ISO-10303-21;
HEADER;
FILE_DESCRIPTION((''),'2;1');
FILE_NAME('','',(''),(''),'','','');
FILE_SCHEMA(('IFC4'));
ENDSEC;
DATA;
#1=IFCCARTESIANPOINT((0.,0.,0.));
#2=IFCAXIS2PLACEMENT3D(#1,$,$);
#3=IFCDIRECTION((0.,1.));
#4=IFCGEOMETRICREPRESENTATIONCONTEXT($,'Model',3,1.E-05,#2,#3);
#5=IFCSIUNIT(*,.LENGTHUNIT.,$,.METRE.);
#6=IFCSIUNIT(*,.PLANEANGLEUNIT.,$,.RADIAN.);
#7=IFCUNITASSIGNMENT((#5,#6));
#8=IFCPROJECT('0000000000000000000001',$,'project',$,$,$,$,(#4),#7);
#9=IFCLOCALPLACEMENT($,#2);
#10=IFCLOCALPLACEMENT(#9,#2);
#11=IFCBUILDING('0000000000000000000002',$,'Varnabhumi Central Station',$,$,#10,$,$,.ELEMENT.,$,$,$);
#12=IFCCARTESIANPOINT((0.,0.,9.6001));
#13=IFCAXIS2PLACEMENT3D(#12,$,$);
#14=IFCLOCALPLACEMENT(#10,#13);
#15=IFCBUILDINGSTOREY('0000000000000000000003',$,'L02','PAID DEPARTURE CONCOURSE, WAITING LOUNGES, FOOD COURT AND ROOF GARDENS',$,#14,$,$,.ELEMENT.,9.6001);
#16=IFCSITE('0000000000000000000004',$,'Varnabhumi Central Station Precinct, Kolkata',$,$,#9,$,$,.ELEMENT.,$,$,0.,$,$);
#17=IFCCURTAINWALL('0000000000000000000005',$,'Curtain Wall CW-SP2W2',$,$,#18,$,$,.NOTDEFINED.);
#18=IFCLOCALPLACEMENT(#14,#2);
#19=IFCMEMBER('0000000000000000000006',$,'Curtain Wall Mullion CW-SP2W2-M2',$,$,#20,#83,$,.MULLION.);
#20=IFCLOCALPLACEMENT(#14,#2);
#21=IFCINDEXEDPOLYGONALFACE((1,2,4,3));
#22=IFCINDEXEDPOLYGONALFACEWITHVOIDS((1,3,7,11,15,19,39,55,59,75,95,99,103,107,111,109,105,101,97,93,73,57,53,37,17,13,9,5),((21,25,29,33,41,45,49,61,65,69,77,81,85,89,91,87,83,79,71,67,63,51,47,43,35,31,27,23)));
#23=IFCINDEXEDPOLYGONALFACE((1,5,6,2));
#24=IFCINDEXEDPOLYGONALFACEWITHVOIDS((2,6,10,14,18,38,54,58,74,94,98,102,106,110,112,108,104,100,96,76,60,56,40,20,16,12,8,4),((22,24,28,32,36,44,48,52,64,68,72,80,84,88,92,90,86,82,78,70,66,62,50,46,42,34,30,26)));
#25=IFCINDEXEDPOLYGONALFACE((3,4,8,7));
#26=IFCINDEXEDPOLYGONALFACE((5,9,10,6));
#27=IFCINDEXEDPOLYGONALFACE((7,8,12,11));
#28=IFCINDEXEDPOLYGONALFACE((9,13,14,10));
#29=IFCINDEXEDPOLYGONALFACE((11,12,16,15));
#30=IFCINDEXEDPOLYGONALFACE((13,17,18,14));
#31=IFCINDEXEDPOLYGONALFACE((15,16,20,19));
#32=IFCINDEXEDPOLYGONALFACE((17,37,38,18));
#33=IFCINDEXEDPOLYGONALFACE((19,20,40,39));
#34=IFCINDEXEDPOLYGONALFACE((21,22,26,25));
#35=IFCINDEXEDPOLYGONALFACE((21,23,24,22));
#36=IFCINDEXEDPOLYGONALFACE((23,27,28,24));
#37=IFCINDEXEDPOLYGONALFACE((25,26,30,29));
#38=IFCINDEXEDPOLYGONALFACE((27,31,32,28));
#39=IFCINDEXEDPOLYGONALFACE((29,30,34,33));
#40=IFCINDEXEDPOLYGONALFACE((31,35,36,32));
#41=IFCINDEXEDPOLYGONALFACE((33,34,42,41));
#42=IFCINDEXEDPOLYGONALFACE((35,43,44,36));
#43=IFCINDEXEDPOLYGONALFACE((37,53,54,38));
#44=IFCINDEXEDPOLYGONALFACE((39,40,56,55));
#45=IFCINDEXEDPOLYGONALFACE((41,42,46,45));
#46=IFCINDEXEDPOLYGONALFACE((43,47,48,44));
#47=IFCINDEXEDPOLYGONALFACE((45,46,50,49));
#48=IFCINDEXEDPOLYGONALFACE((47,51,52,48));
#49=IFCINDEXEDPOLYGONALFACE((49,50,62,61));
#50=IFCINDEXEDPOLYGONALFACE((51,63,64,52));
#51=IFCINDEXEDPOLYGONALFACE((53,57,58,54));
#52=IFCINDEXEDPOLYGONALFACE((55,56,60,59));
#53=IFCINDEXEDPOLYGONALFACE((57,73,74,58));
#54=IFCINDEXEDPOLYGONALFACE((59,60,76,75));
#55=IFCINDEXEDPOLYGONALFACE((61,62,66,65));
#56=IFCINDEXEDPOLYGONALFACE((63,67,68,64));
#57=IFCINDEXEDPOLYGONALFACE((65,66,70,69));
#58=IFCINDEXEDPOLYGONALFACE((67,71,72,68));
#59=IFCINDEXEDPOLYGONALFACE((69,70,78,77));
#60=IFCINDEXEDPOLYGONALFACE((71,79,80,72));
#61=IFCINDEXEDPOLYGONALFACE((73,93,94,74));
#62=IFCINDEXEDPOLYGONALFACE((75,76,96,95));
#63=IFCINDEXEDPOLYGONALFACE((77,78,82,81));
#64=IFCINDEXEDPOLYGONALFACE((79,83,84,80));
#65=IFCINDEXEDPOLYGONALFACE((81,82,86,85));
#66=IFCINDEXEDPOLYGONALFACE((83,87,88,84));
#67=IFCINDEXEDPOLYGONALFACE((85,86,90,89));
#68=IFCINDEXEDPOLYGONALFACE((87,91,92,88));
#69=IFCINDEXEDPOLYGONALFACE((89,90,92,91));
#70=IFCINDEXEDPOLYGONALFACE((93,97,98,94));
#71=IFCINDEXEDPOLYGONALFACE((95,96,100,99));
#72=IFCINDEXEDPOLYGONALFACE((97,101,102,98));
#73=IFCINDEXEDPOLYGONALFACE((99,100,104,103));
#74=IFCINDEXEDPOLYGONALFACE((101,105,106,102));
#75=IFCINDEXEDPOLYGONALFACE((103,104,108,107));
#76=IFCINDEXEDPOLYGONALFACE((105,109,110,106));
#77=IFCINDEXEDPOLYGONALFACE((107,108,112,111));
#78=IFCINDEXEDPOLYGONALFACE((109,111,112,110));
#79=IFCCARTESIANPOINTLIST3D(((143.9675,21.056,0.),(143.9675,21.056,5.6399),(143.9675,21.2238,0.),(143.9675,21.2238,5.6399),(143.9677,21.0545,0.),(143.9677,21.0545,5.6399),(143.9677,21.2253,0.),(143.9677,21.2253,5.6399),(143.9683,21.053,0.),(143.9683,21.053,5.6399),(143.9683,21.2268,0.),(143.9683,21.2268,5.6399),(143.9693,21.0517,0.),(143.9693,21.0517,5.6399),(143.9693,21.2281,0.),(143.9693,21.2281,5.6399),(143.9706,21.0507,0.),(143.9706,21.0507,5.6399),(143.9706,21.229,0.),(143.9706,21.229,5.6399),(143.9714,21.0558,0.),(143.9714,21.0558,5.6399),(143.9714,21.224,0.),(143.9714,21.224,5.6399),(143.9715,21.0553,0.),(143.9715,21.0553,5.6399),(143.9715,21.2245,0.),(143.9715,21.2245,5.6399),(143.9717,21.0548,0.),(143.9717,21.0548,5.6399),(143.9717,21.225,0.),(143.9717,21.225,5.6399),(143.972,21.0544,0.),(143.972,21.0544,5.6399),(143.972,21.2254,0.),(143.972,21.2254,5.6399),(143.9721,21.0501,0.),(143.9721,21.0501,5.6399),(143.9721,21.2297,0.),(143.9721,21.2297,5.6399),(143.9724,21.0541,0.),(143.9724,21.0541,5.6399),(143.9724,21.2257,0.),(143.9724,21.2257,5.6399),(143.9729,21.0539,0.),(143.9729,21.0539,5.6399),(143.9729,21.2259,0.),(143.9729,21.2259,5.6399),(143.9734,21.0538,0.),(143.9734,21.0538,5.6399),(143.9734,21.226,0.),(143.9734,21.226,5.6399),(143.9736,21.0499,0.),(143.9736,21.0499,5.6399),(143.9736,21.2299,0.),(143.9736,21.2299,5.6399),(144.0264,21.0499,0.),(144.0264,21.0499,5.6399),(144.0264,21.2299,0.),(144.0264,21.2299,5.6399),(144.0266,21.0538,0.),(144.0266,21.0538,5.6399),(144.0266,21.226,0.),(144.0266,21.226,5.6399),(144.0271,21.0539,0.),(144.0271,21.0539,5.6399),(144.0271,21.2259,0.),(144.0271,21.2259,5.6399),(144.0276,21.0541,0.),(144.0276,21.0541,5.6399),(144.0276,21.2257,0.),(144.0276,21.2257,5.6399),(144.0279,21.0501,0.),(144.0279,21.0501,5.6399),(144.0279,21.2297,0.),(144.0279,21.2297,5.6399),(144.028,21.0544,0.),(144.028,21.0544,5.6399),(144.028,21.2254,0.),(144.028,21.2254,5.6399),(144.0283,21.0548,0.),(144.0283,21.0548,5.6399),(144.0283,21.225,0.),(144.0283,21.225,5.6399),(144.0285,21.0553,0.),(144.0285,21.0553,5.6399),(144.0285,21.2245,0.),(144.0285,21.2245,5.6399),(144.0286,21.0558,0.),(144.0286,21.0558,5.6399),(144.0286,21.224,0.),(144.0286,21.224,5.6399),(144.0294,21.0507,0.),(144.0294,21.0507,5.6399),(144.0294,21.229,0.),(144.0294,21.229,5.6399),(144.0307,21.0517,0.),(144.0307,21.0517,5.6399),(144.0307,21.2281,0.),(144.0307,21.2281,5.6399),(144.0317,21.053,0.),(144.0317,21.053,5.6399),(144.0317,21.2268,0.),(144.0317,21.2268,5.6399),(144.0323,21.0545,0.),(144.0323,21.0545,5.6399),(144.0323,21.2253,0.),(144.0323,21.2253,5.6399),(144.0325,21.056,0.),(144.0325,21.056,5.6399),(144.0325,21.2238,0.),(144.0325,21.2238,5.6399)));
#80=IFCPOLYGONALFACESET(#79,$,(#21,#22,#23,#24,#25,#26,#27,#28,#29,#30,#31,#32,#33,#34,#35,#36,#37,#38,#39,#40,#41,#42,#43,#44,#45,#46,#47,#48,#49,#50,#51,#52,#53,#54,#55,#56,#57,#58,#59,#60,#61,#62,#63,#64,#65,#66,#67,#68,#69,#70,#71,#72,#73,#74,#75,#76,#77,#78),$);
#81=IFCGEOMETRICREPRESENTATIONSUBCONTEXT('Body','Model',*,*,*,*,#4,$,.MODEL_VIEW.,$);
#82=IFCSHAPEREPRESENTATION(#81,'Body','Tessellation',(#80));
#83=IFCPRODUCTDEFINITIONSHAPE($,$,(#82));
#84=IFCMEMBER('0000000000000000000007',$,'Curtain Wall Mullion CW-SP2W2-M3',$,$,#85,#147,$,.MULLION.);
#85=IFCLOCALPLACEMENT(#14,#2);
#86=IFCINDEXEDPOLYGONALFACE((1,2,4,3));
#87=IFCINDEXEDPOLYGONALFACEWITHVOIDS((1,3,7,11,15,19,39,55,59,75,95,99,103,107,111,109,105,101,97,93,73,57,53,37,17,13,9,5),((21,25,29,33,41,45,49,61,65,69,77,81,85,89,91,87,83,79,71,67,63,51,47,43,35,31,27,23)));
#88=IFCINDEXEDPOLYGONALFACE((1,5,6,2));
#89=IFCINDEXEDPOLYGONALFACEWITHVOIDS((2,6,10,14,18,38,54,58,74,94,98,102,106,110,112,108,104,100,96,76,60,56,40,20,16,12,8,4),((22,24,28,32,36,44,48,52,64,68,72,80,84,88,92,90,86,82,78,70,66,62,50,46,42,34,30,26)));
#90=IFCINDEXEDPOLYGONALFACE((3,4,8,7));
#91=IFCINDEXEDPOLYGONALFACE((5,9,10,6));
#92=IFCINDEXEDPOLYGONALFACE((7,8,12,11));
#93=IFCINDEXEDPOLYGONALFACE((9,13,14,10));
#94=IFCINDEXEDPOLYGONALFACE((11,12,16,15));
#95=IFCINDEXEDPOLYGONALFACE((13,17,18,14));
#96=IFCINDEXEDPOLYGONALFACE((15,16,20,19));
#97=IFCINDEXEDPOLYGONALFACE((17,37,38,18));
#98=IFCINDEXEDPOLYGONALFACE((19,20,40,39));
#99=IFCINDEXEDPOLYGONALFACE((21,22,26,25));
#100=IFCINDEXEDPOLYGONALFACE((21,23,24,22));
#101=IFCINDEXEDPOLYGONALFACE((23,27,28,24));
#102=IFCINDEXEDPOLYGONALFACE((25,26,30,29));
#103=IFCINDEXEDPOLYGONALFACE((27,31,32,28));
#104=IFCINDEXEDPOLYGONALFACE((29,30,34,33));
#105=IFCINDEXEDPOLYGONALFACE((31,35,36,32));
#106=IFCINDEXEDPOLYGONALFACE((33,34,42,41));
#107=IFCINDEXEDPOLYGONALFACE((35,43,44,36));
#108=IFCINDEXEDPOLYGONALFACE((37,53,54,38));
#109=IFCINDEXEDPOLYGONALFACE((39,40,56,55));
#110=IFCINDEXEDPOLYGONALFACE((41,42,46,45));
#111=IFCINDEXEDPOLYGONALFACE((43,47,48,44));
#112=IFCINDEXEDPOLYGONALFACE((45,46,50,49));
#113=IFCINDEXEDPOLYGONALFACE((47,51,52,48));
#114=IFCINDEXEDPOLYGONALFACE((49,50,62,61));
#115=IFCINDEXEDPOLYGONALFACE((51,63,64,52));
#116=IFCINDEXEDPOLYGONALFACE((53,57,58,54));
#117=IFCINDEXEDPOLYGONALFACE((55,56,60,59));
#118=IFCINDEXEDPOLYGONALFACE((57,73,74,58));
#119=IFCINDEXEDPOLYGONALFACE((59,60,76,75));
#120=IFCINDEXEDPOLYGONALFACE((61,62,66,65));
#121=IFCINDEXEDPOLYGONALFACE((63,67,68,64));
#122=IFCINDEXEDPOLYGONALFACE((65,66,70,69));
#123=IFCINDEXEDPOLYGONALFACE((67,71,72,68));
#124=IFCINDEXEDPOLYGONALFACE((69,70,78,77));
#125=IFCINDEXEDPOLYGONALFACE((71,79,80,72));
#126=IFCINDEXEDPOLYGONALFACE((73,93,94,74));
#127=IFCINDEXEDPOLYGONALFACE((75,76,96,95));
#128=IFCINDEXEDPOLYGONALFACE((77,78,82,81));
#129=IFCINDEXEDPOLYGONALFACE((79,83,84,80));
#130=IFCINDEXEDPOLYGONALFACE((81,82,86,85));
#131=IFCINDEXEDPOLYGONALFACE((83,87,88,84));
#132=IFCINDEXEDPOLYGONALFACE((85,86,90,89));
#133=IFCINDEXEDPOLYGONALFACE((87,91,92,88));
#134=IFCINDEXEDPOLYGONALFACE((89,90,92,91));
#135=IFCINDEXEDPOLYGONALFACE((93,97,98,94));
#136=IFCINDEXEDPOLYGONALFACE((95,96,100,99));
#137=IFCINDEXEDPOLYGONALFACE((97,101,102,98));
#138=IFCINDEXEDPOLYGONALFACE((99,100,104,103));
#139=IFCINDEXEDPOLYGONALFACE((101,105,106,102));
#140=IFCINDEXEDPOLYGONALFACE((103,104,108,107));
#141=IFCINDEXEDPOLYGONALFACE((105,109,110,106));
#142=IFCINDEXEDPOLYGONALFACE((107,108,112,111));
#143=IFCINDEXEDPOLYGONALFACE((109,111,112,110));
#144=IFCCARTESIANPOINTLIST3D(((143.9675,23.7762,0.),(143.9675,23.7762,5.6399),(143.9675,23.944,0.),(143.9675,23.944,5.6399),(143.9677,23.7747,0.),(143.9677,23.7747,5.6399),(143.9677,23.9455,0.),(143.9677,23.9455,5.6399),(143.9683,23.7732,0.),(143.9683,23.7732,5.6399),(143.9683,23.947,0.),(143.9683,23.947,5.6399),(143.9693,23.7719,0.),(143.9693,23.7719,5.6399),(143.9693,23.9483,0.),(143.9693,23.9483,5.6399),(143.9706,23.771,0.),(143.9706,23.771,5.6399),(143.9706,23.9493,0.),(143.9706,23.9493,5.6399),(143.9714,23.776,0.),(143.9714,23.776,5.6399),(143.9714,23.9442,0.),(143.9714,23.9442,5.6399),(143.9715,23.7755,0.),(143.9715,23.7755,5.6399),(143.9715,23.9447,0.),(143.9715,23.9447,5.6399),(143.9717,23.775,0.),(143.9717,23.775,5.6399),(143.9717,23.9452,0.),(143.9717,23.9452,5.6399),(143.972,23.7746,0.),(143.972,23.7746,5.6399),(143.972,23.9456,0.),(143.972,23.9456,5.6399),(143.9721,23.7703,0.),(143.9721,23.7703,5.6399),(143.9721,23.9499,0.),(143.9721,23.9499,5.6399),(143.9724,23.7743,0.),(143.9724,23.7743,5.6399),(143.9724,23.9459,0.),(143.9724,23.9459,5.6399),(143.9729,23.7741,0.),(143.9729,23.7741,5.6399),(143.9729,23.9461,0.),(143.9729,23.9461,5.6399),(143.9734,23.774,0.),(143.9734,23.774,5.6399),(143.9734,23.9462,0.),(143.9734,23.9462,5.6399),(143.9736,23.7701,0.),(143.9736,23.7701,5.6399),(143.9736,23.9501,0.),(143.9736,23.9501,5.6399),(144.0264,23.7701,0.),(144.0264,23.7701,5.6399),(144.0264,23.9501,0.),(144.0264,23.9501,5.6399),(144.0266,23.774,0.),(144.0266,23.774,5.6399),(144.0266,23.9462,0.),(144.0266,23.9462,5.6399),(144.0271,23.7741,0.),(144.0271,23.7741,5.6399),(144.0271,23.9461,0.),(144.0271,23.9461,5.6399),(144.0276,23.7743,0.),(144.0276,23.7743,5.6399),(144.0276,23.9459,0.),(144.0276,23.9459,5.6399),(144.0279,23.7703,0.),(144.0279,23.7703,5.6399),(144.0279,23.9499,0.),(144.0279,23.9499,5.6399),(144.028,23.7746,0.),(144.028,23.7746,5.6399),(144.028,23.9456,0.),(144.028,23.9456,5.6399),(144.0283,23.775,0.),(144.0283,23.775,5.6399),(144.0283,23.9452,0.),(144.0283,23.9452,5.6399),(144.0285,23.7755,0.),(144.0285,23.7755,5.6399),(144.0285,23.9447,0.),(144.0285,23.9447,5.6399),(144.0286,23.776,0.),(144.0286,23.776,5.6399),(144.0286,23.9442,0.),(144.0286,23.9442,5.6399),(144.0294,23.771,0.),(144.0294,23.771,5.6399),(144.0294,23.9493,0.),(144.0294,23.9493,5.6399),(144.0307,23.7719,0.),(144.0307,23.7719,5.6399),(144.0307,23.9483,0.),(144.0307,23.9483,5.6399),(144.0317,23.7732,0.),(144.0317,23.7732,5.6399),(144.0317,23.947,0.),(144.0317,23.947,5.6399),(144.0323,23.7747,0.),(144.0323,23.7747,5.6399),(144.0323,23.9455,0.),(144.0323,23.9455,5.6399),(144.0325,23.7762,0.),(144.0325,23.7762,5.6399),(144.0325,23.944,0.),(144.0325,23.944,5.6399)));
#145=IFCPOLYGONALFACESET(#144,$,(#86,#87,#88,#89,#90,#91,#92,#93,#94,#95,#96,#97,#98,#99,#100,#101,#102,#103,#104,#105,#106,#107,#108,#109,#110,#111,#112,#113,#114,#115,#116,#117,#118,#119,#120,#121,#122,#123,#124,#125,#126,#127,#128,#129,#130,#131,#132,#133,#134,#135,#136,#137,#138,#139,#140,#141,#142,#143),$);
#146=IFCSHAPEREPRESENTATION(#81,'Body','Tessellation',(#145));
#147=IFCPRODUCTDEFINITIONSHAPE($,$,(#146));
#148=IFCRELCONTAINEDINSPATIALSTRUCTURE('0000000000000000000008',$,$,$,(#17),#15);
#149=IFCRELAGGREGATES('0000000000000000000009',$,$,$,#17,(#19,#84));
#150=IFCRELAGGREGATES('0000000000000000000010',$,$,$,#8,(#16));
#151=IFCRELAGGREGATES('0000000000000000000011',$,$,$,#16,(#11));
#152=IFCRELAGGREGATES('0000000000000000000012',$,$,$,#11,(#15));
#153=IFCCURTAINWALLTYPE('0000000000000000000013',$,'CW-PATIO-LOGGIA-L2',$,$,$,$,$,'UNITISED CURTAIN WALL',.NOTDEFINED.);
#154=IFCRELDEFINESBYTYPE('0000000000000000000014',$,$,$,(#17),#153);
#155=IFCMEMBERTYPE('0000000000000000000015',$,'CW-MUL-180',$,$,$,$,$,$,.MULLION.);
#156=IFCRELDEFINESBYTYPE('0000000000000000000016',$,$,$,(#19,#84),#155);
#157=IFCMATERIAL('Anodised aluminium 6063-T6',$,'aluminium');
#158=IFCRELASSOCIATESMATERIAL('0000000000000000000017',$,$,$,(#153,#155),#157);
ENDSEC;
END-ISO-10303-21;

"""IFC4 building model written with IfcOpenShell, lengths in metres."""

from ifc_helpers import new_model, si_unit, direction, frame, origin, origin_2d, place, context, subcontext, project, spatial, hollow_rectangle, extrude, material, material_profile, profile_set, type_object, element, aggregate, save


model = new_model("IFC4")

# Units and contexts
model_context = context("Model", 3, precision=1e-05, world=origin(), true_north=direction((0.0, 1.0)))
body_context = subcontext(model_context, "Body", "Model", "MODEL_VIEW")
ifc_project = project(units=[si_unit("LENGTHUNIT", "METRE"), si_unit("PLANEANGLEUNIT", "RADIAN")], contexts=[model_context])

# Site, building, storey
site_placement = place(None, origin())
site = spatial("IfcSite", under=ifc_project, at=site_placement, Name="Varnabhumi Central Station Precinct, Kolkata", CompositionType="ELEMENT", RefElevation=0.0)
building_placement = place(site_placement, origin())
building = spatial("IfcBuilding", under=site, at=building_placement, Name="Varnabhumi Central Station", CompositionType="ELEMENT")
storey_placement = place(building_placement, frame((0.0, 0.0, 9.6001)))
storey = spatial("IfcBuildingStorey", under=building, at=storey_placement, Name="L02", Description="PAID DEPARTURE CONCOURSE, WAITING LOUNGES, FOOD COURT AND ROOF GARDENS", CompositionType="ELEMENT", Elevation=9.6001)

# Curtain wall, members
ifc_material_1 = material(Name="Anodised aluminium 6063-T6", Category="aluminium")
curtain_wall_type = type_object("IfcCurtainWallType", Name="CW-PATIO-LOGGIA-L2", ElementType="UNITISED CURTAIN WALL", PredefinedType="NOTDEFINED", material=ifc_material_1)
ifc_material_profile_1 = material_profile(ifc_material_1, hollow_rectangle(XDim=0.0649, YDim=0.1799, WallThickness=0.0039, InnerFilletRadius=0.002, OuterFilletRadius=0.0061, at=origin_2d()), Name="Anodised aluminium 6063-T6", Category="aluminium")
ifc_profile_set_1 = profile_set([ifc_material_profile_1], Name="Anodised aluminium 6063-T6")
member_type_1 = type_object("IfcMemberType", Name="CW-MUL-180", PredefinedType="MULLION", material=ifc_profile_set_1)
curtain_wall_1_placement = place(storey_placement, origin())
curtain_wall_1 = element("IfcCurtainWall", 1, at=curtain_wall_1_placement, inside=storey, type_object=curtain_wall_type, Name="Curtain Wall CW-SP2W2", PredefinedType="NOTDEFINED")
member_1_placement = place(storey_placement, frame((144.0, 21.1399, 0.0), z_axis=(0.0, 0.0, 1.0), x_axis=(1.0, 0.0, 0.0)))
member_1 = element("IfcMember", 2, at=member_1_placement, type_object=member_type_1, Name="Curtain Wall Mullion CW-SP2W2-M2", PredefinedType="MULLION", context=body_context, shape_type="SweptSolid", body=[
    extrude(hollow_rectangle(XDim=0.0649, YDim=0.1799, WallThickness=0.0039, InnerFilletRadius=0.002, OuterFilletRadius=0.0061, at=origin_2d()), origin(), (0.0, 0.0, 1.0), 5.6399),
])
member_2_placement = place(storey_placement, frame((144.0, 23.8601, 0.0), z_axis=(0.0, 0.0, 1.0), x_axis=(1.0, 0.0, 0.0)))
member_2 = element("IfcMember", 3, at=member_2_placement, type_object=member_type_1, Name="Curtain Wall Mullion CW-SP2W2-M3", PredefinedType="MULLION", context=body_context, shape_type="SweptSolid", body=[
    extrude(hollow_rectangle(XDim=0.0649, YDim=0.1799, WallThickness=0.0039, InnerFilletRadius=0.002, OuterFilletRadius=0.0061, at=origin_2d()), origin(), (0.0, 0.0, 1.0), 5.6399),
])

aggregate(curtain_wall_1, [member_1, member_2])

save(model, "model.ifc")
